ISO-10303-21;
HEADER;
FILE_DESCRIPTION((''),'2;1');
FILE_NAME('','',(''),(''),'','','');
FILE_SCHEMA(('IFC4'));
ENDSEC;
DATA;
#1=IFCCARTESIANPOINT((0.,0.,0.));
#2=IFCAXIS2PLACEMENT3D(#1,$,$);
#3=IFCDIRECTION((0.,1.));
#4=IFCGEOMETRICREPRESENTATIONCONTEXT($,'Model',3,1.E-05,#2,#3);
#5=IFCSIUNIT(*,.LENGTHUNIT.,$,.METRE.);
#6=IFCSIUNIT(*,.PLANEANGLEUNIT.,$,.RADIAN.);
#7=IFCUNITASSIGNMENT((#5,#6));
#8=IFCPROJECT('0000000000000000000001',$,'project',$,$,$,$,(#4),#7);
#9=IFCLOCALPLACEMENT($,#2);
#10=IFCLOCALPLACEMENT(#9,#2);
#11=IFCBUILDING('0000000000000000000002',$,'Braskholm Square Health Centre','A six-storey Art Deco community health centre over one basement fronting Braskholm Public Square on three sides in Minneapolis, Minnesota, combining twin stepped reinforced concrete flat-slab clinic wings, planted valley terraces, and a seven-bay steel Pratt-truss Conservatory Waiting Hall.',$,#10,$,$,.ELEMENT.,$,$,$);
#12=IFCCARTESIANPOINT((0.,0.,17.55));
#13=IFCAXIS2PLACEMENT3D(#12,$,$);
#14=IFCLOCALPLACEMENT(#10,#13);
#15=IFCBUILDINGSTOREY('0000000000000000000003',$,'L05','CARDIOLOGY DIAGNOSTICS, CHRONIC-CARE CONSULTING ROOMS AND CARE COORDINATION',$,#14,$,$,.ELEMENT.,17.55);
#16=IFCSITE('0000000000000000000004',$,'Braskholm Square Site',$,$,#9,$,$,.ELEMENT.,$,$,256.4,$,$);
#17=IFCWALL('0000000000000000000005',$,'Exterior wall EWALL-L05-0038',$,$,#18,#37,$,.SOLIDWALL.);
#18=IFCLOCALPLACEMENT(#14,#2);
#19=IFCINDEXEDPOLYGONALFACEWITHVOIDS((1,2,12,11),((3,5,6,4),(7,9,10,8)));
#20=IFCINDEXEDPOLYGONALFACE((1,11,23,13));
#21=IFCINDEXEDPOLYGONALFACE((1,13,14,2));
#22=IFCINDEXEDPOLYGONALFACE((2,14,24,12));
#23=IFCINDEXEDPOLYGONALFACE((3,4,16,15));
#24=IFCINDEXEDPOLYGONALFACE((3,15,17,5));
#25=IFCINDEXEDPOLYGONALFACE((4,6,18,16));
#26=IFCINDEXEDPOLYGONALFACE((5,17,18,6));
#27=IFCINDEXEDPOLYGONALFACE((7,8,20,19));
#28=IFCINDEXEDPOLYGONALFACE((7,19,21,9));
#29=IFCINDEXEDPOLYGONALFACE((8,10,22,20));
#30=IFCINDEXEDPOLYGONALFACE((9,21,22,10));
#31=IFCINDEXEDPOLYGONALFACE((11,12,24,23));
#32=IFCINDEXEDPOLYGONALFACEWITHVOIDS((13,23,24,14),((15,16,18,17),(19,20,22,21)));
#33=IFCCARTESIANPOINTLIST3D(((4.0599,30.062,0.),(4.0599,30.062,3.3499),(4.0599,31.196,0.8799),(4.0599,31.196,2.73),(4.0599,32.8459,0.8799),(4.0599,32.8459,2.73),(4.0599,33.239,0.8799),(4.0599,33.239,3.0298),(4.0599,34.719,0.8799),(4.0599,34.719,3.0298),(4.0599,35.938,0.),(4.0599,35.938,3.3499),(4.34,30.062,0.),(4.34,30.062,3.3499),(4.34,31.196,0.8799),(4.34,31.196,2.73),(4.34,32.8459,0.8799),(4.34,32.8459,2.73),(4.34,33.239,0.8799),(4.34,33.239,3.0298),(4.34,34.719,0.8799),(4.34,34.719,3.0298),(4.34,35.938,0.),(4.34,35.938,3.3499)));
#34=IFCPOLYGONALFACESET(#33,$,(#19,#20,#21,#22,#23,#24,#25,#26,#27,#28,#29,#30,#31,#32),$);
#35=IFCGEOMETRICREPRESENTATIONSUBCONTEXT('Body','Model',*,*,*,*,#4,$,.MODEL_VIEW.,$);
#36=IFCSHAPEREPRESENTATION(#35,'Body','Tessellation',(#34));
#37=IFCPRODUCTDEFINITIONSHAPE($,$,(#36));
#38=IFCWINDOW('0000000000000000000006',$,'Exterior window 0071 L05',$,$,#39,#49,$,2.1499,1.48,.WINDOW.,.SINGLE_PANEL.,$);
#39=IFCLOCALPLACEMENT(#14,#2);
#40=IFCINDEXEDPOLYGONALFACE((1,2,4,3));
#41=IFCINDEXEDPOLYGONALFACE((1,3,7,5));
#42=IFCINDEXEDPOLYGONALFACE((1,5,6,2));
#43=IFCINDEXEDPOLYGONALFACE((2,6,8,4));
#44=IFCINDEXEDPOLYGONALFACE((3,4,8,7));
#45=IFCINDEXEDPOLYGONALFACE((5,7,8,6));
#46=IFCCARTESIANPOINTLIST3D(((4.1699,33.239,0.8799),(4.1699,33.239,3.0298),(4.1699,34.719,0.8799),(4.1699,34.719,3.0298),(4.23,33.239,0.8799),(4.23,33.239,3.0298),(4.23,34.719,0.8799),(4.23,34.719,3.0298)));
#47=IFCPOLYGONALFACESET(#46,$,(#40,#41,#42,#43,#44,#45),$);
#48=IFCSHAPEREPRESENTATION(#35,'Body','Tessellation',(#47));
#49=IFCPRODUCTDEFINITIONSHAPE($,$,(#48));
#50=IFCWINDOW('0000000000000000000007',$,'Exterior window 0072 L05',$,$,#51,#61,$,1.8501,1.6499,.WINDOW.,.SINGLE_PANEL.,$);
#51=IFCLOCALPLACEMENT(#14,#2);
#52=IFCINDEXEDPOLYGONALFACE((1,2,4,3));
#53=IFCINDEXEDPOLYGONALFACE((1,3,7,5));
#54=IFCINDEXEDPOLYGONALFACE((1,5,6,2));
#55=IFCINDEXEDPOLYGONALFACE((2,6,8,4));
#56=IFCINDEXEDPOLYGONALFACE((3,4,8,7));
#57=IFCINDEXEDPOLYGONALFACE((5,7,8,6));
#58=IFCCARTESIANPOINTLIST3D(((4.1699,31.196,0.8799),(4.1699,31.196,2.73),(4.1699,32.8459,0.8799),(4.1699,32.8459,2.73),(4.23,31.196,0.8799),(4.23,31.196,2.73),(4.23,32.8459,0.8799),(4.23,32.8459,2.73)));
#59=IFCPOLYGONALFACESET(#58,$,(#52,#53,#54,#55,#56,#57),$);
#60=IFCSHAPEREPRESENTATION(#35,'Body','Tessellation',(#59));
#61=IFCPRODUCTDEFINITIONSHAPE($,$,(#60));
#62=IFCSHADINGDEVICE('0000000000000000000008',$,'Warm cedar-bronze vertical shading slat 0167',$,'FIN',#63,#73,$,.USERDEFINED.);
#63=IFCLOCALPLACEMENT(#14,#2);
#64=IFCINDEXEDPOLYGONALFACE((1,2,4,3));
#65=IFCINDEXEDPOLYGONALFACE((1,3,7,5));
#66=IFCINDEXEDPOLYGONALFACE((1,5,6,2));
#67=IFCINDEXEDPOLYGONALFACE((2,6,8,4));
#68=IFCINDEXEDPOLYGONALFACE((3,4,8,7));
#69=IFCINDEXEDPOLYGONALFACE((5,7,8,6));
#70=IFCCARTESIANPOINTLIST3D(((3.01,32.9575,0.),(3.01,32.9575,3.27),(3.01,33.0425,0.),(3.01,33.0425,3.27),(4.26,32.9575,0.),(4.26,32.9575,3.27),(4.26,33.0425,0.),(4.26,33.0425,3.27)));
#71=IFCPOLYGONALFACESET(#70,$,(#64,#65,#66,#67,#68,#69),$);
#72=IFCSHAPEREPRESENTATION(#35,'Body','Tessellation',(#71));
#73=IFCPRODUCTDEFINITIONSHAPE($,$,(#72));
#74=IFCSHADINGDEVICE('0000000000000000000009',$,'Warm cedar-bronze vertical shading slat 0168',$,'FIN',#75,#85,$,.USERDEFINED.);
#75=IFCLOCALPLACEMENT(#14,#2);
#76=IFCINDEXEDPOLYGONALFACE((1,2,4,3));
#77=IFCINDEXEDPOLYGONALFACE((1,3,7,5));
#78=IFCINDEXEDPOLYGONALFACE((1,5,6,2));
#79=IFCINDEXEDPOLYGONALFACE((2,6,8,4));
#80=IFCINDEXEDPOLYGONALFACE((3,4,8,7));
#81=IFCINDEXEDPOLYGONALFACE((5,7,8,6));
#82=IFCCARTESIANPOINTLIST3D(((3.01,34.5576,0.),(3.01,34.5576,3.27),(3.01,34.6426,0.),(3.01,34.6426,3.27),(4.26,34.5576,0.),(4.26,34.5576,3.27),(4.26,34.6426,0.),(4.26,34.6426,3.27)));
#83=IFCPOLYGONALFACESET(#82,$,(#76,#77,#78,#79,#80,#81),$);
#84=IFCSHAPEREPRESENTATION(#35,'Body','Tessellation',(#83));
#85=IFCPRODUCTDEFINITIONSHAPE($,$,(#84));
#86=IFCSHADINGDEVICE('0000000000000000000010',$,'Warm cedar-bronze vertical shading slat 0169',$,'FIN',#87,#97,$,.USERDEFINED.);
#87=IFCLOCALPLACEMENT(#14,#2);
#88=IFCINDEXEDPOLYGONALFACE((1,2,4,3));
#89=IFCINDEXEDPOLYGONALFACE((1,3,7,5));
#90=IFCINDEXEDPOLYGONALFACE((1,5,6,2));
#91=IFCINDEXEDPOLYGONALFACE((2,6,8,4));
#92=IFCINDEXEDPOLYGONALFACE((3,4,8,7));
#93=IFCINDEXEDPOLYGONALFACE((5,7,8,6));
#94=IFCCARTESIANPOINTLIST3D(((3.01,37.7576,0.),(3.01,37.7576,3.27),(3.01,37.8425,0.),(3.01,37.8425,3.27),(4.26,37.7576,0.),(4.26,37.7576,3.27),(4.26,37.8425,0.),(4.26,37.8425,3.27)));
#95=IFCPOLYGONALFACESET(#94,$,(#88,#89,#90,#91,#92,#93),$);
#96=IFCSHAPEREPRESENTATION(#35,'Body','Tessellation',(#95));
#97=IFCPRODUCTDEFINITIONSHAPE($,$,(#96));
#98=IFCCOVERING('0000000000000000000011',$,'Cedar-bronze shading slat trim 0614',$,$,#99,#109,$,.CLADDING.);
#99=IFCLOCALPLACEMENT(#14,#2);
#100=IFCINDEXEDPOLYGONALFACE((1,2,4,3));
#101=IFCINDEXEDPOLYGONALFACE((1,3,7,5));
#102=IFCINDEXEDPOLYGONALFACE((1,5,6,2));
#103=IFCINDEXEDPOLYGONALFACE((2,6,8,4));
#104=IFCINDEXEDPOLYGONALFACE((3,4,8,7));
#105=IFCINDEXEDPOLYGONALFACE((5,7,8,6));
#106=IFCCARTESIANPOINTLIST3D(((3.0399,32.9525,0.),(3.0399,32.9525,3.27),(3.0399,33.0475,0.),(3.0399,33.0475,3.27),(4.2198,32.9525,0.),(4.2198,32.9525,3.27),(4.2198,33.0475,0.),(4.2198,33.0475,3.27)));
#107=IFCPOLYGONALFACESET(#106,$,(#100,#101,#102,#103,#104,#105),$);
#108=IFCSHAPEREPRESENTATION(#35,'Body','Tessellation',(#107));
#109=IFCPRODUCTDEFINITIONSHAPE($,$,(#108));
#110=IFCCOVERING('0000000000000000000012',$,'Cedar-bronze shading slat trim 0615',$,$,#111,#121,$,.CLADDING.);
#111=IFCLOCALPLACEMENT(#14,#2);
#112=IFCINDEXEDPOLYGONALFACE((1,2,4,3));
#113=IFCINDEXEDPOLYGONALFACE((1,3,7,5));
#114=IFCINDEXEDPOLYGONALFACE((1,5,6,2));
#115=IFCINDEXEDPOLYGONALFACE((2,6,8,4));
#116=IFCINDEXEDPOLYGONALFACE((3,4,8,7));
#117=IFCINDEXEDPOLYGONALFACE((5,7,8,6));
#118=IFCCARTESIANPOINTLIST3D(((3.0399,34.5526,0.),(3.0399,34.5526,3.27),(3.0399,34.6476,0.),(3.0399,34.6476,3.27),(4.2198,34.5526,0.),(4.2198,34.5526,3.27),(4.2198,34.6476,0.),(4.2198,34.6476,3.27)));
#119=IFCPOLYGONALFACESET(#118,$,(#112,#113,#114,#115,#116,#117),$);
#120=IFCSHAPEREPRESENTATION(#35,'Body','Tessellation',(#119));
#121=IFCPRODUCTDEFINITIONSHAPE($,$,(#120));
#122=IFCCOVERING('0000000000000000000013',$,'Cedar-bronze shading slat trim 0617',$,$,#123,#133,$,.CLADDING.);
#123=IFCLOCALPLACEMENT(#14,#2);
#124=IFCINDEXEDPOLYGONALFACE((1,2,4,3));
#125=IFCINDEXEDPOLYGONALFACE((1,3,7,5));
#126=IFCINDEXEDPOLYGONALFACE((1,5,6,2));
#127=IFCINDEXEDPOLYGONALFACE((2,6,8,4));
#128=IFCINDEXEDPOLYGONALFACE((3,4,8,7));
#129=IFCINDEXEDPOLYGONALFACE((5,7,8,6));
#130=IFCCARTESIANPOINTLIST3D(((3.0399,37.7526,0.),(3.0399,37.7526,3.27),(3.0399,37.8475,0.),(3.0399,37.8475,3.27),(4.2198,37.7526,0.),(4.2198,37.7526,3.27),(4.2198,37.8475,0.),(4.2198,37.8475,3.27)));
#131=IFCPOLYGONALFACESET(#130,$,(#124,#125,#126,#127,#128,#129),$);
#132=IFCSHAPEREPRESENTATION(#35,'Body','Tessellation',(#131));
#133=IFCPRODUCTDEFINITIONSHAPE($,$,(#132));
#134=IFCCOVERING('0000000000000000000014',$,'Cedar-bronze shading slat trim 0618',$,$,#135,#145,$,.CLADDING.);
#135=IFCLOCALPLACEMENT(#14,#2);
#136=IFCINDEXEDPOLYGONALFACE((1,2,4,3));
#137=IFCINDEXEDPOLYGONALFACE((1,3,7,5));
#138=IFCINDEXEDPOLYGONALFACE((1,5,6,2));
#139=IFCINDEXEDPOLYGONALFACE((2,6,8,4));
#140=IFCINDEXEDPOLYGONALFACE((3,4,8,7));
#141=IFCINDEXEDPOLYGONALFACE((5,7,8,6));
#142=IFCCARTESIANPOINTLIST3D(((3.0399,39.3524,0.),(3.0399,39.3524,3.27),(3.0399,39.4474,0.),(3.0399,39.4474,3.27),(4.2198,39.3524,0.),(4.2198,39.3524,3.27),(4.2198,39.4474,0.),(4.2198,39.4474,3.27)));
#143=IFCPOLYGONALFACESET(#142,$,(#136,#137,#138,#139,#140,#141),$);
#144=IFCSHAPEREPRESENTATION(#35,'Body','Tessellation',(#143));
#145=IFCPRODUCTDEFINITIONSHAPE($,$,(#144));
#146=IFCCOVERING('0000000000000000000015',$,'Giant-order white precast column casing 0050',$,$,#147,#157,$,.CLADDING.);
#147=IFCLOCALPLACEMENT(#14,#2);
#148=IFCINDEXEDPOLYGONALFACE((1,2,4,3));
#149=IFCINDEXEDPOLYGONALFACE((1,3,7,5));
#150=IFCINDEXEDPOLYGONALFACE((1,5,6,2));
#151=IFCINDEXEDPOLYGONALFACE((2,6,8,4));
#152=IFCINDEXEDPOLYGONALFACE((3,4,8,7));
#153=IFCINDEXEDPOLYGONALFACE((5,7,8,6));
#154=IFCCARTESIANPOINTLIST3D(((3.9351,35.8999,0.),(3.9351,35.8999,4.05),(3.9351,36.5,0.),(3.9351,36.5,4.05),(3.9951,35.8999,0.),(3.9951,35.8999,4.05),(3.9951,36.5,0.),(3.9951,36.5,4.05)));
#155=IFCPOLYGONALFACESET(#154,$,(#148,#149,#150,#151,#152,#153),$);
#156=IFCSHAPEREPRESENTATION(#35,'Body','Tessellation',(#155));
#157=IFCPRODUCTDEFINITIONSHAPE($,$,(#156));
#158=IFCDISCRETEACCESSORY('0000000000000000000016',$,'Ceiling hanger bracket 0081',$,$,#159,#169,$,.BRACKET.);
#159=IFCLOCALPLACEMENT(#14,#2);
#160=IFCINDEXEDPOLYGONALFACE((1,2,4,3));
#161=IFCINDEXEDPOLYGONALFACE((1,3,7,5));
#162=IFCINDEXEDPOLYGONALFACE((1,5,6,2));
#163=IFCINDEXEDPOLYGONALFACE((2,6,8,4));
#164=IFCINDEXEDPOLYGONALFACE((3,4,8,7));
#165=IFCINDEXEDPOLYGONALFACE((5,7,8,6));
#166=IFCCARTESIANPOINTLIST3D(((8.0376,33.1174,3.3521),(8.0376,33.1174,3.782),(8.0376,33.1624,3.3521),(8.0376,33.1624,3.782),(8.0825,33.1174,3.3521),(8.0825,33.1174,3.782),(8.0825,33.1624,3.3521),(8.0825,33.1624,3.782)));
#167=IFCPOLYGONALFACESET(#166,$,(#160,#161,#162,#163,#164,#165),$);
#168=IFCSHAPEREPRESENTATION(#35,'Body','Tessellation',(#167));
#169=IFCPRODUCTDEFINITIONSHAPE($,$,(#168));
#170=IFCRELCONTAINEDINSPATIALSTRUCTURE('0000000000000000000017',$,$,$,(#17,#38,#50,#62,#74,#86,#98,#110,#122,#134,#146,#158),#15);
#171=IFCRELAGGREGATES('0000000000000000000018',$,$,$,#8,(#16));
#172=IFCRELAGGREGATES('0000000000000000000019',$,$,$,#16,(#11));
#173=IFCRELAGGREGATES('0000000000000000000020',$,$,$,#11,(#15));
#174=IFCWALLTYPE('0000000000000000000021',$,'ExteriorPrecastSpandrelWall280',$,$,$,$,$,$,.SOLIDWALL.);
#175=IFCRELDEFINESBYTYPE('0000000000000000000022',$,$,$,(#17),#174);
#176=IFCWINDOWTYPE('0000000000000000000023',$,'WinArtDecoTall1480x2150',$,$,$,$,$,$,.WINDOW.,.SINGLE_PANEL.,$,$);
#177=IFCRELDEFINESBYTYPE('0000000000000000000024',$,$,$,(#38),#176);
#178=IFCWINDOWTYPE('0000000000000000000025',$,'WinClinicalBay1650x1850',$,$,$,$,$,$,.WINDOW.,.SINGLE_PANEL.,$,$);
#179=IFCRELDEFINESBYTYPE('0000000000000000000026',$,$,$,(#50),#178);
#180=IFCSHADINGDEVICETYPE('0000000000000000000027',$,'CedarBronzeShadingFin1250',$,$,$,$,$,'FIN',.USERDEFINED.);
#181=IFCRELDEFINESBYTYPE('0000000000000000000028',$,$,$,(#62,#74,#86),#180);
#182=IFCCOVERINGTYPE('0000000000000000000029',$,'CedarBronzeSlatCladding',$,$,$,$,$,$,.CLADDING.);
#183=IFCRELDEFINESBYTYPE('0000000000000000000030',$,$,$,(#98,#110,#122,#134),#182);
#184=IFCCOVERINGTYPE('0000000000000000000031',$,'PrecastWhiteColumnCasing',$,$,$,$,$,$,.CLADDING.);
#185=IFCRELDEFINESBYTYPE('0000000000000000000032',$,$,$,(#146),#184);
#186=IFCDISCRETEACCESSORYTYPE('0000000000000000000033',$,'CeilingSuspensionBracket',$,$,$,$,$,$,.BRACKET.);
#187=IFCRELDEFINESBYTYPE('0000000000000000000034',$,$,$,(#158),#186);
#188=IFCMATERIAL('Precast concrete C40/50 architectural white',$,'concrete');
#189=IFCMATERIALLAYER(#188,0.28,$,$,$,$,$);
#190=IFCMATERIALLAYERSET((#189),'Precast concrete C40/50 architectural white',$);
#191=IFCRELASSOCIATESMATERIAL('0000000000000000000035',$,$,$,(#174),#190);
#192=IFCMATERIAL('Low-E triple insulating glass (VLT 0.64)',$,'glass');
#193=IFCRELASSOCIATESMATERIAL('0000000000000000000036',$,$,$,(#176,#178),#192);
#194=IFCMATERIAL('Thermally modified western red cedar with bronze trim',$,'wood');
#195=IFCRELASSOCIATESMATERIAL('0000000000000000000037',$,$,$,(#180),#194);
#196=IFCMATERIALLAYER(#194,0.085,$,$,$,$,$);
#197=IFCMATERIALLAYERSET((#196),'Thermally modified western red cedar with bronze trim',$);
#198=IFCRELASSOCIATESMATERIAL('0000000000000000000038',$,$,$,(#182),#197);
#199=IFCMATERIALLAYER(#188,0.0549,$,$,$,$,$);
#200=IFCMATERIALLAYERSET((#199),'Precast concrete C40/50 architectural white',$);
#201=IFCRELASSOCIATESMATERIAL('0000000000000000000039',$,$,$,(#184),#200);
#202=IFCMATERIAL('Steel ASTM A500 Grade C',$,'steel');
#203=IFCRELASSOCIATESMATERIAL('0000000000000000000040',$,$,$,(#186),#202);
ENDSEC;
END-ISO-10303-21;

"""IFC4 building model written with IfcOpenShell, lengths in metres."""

from ifc_helpers import new_model, si_unit, direction, frame, frame_2d, origin, origin_with_axes, origin_2d, place, context, subcontext, project, spatial, rectangle, extrude, material, layer, layer_set, type_object, element, fill, save


model = new_model("IFC4")

# Units and contexts
model_context = context("Model", 3, precision=1e-05, world=origin(), true_north=direction((0.0, 1.0)))
body_context = subcontext(model_context, "Body", "Model", "MODEL_VIEW")
ifc_project = project(units=[si_unit("LENGTHUNIT", "METRE"), si_unit("PLANEANGLEUNIT", "RADIAN")], contexts=[model_context])

# Site, building, storey
site_placement = place(None, origin())
site = spatial("IfcSite", under=ifc_project, at=site_placement, Name="Braskholm Square Site", CompositionType="ELEMENT", RefElevation=256.4)
building_placement = place(site_placement, origin())
building = spatial("IfcBuilding", under=site, at=building_placement, Name="Braskholm Square Health Centre", Description="A six-storey Art Deco community health centre over one basement fronting Braskholm Public Square on three sides in Minneapolis, Minnesota, combining twin stepped reinforced concrete flat-slab clinic wings, planted valley terraces, and a seven-bay steel Pratt-truss Conservatory Waiting Hall.", CompositionType="ELEMENT")
storey_placement = place(building_placement, frame((0.0, 0.0, 17.55)))
storey = spatial("IfcBuildingStorey", under=building, at=storey_placement, Name="L05", Description="CARDIOLOGY DIAGNOSTICS, CHRONIC-CARE CONSULTING ROOMS AND CARE COORDINATION", CompositionType="ELEMENT", Elevation=17.55)

# Shared definitions
ifc_material_1 = material(Name="Precast concrete C40/50 architectural white", Category="concrete")

# Shared definitions
ifc_material_2 = material(Name="Low-E triple insulating glass (VLT 0.64)", Category="glass")

# Wall, openings, windows
ifc_layer_1 = layer(ifc_material_1, 0.28)
ifc_layer_set_1 = layer_set([ifc_layer_1], Name="Precast concrete C40/50 architectural white")
wall_type_1 = type_object("IfcWallType", Name="ExteriorPrecastSpandrelWall280", PredefinedType="SOLIDWALL", material=ifc_layer_set_1)
wall_1_placement = place(storey_placement, frame((4.2, 35.938, 0.0), z_axis=(0.0, 0.0, 1.0), x_axis=(0.0, -1.0, 0.0)))
wall_1 = element("IfcWall", 1, at=wall_1_placement, inside=storey, type_object=wall_type_1, Name="Exterior wall EWALL-L05-0038", PredefinedType="SOLIDWALL", context=body_context, shape_type="SweptSolid", body=[
    extrude(rectangle(XDim=5.876, YDim=0.28, at=frame_2d((2.938, 0.0))), origin(), (0.0, 0.0, 1.0), 3.3499),
])
opening_1_placement = place(wall_1_placement, frame((1.219, 0.0, 0.8799)))
opening_1 = element("IfcOpeningElement", 2, at=opening_1_placement, cuts=wall_1, PredefinedType="OPENING", context=body_context, shape_type="SweptSolid", body=[
    extrude(rectangle(XDim=1.48, YDim=2.1499, at=frame_2d((0.74, 1.075))), frame((0.0, 0.1499, 0.0), z_axis=(0.0, -1.0, 0.0), x_axis=(1.0, 0.0, 0.0)), (0.0, 0.0, 1.0), 0.3),
])
opening_2_placement = place(wall_1_placement, frame((3.092, 0.0, 0.8799)))
opening_2 = element("IfcOpeningElement", 3, at=opening_2_placement, cuts=wall_1, PredefinedType="OPENING", context=body_context, shape_type="SweptSolid", body=[
    extrude(rectangle(XDim=1.6499, YDim=1.8501, at=frame_2d((0.825, 0.925))), frame((0.0, 0.1499, 0.0), z_axis=(0.0, -1.0, 0.0), x_axis=(1.0, 0.0, 0.0)), (0.0, 0.0, 1.0), 0.3),
])
window_type_1 = type_object("IfcWindowType", Name="WinArtDecoTall1480x2150", PartitioningType="SINGLE_PANEL", PredefinedType="WINDOW", material=ifc_material_2)
window_1_placement = place(opening_1_placement, origin_with_axes())
window_1 = element("IfcWindow", 4, at=window_1_placement, inside=storey, type_object=window_type_1, Name="Exterior window 0071 L05", OverallHeight=2.1499, OverallWidth=1.48, PartitioningType="SINGLE_PANEL", PredefinedType="WINDOW", context=body_context, shape_type="SweptSolid", body=[
    extrude(rectangle(XDim=1.48, YDim=2.1499, at=frame_2d((0.74, 1.075))), frame((0.0, 0.03, 0.0), z_axis=(0.0, -1.0, 0.0), x_axis=(1.0, 0.0, 0.0)), (0.0, 0.0, 1.0), 0.0601),
])
fill(opening_1, window_1)
window_type_2 = type_object("IfcWindowType", Name="WinClinicalBay1650x1850", PartitioningType="SINGLE_PANEL", PredefinedType="WINDOW", material=ifc_material_2)
window_2_placement = place(opening_2_placement, origin_with_axes())
window_2 = element("IfcWindow", 5, at=window_2_placement, inside=storey, type_object=window_type_2, Name="Exterior window 0072 L05", OverallHeight=1.8501, OverallWidth=1.6499, PartitioningType="SINGLE_PANEL", PredefinedType="WINDOW", context=body_context, shape_type="SweptSolid", body=[
    extrude(rectangle(XDim=1.6499, YDim=1.8501, at=frame_2d((0.825, 0.925))), frame((0.0, 0.03, 0.0), z_axis=(0.0, -1.0, 0.0), x_axis=(1.0, 0.0, 0.0)), (0.0, 0.0, 1.0), 0.0601),
])
fill(opening_2, window_2)

# Shading devices
ifc_material_3 = material(Name="Thermally modified western red cedar with bronze trim", Category="wood")
shading_device_type = type_object("IfcShadingDeviceType", Name="CedarBronzeShadingFin1250", ElementType="FIN", PredefinedType="USERDEFINED", material=ifc_material_3)
for number, where, z_axis, x_axis, name in (
    (6, (3.635, 33.0, 0.0), (0.0, 0.0, 1.0), (1.0, 0.0, 0.0), "Warm cedar-bronze vertical shading slat 0167"),
    (7, (3.635, 34.6001, 0.0), (0.0, 0.0, 1.0), (1.0, 0.0, 0.0), "Warm cedar-bronze vertical shading slat 0168"),
    (8, (3.635, 37.8, 0.0), (0.0, 0.0, 1.0), (1.0, 0.0, 0.0), "Warm cedar-bronze vertical shading slat 0169"),
):
    element("IfcShadingDevice", number, at=place(storey_placement, frame(where, z_axis=z_axis, x_axis=x_axis)), inside=storey, type_object=shading_device_type, Name=name, ObjectType="FIN", PredefinedType="USERDEFINED", context=body_context, shape_type="SweptSolid", body=[
        extrude(rectangle(XDim=1.25, YDim=0.085, at=origin_2d()), origin(), (0.0, 0.0, 1.0), 3.27),
    ])

# Coverings
ifc_layer_2 = layer(ifc_material_3, 0.085)
ifc_layer_set_2 = layer_set([ifc_layer_2], Name="Thermally modified western red cedar with bronze trim")
covering_type_1 = type_object("IfcCoveringType", Name="CedarBronzeSlatCladding", PredefinedType="CLADDING", material=ifc_layer_set_2)
for number, where, z_axis, x_axis, name in (
    (9, (3.6299, 33.0, 0.0), (0.0, 0.0, 1.0), (1.0, 0.0, 0.0), "Cedar-bronze shading slat trim 0614"),
    (10, (3.6299, 34.6001, 0.0), (0.0, 0.0, 1.0), (1.0, 0.0, 0.0), "Cedar-bronze shading slat trim 0615"),
    (11, (3.6299, 37.8, 0.0), (0.0, 0.0, 1.0), (1.0, 0.0, 0.0), "Cedar-bronze shading slat trim 0617"),
    (12, (3.6299, 39.3999, 0.0), (0.0, 0.0, 1.0), (1.0, 0.0, 0.0), "Cedar-bronze shading slat trim 0618"),
):
    element("IfcCovering", number, at=place(storey_placement, frame(where, z_axis=z_axis, x_axis=x_axis)), inside=storey, type_object=covering_type_1, Name=name, PredefinedType="CLADDING", context=body_context, shape_type="SweptSolid", body=[
        extrude(rectangle(XDim=1.1799, YDim=0.095, at=origin_2d()), origin(), (0.0, 0.0, 1.0), 3.27),
    ])
ifc_layer_3 = layer(ifc_material_1, 0.0549)
ifc_layer_set_3 = layer_set([ifc_layer_3], Name="Precast concrete C40/50 architectural white")
covering_type_2 = type_object("IfcCoveringType", Name="PrecastWhiteColumnCasing", PredefinedType="CLADDING", material=ifc_layer_set_3)
covering_placement = place(storey_placement, frame((3.9651, 36.2, 0.0), z_axis=(0.0, 0.0, 1.0), x_axis=(1.0, 0.0, 0.0)))
element("IfcCovering", 13, at=covering_placement, inside=storey, type_object=covering_type_2, Name="Giant-order white precast column casing 0050", PredefinedType="CLADDING", context=body_context, shape_type="SweptSolid", body=[
    extrude(rectangle(XDim=0.0601, YDim=0.6001, at=origin_2d()), origin(), (0.0, 0.0, 1.0), 4.05),
])

# Discrete accessory
ifc_material_4 = material(Name="Steel ASTM A500 Grade C", Category="steel")
discrete_accessory_type = type_object("IfcDiscreteAccessoryType", Name="CeilingSuspensionBracket", PredefinedType="BRACKET", material=ifc_material_4)
discrete_accessory_placement = place(storey_placement, frame((8.0601, 33.1399, 3.3521), z_axis=(0.0, 0.0, 1.0), x_axis=(1.0, 0.0, 0.0)))
element("IfcDiscreteAccessory", 14, at=discrete_accessory_placement, inside=storey, type_object=discrete_accessory_type, Name="Ceiling hanger bracket 0081", PredefinedType="BRACKET", context=body_context, shape_type="SweptSolid", body=[
    extrude(rectangle(XDim=0.0449, YDim=0.0449, at=origin_2d()), origin(), (0.0, 0.0, 1.0), 0.4299),
])

save(model, "model.ifc")
